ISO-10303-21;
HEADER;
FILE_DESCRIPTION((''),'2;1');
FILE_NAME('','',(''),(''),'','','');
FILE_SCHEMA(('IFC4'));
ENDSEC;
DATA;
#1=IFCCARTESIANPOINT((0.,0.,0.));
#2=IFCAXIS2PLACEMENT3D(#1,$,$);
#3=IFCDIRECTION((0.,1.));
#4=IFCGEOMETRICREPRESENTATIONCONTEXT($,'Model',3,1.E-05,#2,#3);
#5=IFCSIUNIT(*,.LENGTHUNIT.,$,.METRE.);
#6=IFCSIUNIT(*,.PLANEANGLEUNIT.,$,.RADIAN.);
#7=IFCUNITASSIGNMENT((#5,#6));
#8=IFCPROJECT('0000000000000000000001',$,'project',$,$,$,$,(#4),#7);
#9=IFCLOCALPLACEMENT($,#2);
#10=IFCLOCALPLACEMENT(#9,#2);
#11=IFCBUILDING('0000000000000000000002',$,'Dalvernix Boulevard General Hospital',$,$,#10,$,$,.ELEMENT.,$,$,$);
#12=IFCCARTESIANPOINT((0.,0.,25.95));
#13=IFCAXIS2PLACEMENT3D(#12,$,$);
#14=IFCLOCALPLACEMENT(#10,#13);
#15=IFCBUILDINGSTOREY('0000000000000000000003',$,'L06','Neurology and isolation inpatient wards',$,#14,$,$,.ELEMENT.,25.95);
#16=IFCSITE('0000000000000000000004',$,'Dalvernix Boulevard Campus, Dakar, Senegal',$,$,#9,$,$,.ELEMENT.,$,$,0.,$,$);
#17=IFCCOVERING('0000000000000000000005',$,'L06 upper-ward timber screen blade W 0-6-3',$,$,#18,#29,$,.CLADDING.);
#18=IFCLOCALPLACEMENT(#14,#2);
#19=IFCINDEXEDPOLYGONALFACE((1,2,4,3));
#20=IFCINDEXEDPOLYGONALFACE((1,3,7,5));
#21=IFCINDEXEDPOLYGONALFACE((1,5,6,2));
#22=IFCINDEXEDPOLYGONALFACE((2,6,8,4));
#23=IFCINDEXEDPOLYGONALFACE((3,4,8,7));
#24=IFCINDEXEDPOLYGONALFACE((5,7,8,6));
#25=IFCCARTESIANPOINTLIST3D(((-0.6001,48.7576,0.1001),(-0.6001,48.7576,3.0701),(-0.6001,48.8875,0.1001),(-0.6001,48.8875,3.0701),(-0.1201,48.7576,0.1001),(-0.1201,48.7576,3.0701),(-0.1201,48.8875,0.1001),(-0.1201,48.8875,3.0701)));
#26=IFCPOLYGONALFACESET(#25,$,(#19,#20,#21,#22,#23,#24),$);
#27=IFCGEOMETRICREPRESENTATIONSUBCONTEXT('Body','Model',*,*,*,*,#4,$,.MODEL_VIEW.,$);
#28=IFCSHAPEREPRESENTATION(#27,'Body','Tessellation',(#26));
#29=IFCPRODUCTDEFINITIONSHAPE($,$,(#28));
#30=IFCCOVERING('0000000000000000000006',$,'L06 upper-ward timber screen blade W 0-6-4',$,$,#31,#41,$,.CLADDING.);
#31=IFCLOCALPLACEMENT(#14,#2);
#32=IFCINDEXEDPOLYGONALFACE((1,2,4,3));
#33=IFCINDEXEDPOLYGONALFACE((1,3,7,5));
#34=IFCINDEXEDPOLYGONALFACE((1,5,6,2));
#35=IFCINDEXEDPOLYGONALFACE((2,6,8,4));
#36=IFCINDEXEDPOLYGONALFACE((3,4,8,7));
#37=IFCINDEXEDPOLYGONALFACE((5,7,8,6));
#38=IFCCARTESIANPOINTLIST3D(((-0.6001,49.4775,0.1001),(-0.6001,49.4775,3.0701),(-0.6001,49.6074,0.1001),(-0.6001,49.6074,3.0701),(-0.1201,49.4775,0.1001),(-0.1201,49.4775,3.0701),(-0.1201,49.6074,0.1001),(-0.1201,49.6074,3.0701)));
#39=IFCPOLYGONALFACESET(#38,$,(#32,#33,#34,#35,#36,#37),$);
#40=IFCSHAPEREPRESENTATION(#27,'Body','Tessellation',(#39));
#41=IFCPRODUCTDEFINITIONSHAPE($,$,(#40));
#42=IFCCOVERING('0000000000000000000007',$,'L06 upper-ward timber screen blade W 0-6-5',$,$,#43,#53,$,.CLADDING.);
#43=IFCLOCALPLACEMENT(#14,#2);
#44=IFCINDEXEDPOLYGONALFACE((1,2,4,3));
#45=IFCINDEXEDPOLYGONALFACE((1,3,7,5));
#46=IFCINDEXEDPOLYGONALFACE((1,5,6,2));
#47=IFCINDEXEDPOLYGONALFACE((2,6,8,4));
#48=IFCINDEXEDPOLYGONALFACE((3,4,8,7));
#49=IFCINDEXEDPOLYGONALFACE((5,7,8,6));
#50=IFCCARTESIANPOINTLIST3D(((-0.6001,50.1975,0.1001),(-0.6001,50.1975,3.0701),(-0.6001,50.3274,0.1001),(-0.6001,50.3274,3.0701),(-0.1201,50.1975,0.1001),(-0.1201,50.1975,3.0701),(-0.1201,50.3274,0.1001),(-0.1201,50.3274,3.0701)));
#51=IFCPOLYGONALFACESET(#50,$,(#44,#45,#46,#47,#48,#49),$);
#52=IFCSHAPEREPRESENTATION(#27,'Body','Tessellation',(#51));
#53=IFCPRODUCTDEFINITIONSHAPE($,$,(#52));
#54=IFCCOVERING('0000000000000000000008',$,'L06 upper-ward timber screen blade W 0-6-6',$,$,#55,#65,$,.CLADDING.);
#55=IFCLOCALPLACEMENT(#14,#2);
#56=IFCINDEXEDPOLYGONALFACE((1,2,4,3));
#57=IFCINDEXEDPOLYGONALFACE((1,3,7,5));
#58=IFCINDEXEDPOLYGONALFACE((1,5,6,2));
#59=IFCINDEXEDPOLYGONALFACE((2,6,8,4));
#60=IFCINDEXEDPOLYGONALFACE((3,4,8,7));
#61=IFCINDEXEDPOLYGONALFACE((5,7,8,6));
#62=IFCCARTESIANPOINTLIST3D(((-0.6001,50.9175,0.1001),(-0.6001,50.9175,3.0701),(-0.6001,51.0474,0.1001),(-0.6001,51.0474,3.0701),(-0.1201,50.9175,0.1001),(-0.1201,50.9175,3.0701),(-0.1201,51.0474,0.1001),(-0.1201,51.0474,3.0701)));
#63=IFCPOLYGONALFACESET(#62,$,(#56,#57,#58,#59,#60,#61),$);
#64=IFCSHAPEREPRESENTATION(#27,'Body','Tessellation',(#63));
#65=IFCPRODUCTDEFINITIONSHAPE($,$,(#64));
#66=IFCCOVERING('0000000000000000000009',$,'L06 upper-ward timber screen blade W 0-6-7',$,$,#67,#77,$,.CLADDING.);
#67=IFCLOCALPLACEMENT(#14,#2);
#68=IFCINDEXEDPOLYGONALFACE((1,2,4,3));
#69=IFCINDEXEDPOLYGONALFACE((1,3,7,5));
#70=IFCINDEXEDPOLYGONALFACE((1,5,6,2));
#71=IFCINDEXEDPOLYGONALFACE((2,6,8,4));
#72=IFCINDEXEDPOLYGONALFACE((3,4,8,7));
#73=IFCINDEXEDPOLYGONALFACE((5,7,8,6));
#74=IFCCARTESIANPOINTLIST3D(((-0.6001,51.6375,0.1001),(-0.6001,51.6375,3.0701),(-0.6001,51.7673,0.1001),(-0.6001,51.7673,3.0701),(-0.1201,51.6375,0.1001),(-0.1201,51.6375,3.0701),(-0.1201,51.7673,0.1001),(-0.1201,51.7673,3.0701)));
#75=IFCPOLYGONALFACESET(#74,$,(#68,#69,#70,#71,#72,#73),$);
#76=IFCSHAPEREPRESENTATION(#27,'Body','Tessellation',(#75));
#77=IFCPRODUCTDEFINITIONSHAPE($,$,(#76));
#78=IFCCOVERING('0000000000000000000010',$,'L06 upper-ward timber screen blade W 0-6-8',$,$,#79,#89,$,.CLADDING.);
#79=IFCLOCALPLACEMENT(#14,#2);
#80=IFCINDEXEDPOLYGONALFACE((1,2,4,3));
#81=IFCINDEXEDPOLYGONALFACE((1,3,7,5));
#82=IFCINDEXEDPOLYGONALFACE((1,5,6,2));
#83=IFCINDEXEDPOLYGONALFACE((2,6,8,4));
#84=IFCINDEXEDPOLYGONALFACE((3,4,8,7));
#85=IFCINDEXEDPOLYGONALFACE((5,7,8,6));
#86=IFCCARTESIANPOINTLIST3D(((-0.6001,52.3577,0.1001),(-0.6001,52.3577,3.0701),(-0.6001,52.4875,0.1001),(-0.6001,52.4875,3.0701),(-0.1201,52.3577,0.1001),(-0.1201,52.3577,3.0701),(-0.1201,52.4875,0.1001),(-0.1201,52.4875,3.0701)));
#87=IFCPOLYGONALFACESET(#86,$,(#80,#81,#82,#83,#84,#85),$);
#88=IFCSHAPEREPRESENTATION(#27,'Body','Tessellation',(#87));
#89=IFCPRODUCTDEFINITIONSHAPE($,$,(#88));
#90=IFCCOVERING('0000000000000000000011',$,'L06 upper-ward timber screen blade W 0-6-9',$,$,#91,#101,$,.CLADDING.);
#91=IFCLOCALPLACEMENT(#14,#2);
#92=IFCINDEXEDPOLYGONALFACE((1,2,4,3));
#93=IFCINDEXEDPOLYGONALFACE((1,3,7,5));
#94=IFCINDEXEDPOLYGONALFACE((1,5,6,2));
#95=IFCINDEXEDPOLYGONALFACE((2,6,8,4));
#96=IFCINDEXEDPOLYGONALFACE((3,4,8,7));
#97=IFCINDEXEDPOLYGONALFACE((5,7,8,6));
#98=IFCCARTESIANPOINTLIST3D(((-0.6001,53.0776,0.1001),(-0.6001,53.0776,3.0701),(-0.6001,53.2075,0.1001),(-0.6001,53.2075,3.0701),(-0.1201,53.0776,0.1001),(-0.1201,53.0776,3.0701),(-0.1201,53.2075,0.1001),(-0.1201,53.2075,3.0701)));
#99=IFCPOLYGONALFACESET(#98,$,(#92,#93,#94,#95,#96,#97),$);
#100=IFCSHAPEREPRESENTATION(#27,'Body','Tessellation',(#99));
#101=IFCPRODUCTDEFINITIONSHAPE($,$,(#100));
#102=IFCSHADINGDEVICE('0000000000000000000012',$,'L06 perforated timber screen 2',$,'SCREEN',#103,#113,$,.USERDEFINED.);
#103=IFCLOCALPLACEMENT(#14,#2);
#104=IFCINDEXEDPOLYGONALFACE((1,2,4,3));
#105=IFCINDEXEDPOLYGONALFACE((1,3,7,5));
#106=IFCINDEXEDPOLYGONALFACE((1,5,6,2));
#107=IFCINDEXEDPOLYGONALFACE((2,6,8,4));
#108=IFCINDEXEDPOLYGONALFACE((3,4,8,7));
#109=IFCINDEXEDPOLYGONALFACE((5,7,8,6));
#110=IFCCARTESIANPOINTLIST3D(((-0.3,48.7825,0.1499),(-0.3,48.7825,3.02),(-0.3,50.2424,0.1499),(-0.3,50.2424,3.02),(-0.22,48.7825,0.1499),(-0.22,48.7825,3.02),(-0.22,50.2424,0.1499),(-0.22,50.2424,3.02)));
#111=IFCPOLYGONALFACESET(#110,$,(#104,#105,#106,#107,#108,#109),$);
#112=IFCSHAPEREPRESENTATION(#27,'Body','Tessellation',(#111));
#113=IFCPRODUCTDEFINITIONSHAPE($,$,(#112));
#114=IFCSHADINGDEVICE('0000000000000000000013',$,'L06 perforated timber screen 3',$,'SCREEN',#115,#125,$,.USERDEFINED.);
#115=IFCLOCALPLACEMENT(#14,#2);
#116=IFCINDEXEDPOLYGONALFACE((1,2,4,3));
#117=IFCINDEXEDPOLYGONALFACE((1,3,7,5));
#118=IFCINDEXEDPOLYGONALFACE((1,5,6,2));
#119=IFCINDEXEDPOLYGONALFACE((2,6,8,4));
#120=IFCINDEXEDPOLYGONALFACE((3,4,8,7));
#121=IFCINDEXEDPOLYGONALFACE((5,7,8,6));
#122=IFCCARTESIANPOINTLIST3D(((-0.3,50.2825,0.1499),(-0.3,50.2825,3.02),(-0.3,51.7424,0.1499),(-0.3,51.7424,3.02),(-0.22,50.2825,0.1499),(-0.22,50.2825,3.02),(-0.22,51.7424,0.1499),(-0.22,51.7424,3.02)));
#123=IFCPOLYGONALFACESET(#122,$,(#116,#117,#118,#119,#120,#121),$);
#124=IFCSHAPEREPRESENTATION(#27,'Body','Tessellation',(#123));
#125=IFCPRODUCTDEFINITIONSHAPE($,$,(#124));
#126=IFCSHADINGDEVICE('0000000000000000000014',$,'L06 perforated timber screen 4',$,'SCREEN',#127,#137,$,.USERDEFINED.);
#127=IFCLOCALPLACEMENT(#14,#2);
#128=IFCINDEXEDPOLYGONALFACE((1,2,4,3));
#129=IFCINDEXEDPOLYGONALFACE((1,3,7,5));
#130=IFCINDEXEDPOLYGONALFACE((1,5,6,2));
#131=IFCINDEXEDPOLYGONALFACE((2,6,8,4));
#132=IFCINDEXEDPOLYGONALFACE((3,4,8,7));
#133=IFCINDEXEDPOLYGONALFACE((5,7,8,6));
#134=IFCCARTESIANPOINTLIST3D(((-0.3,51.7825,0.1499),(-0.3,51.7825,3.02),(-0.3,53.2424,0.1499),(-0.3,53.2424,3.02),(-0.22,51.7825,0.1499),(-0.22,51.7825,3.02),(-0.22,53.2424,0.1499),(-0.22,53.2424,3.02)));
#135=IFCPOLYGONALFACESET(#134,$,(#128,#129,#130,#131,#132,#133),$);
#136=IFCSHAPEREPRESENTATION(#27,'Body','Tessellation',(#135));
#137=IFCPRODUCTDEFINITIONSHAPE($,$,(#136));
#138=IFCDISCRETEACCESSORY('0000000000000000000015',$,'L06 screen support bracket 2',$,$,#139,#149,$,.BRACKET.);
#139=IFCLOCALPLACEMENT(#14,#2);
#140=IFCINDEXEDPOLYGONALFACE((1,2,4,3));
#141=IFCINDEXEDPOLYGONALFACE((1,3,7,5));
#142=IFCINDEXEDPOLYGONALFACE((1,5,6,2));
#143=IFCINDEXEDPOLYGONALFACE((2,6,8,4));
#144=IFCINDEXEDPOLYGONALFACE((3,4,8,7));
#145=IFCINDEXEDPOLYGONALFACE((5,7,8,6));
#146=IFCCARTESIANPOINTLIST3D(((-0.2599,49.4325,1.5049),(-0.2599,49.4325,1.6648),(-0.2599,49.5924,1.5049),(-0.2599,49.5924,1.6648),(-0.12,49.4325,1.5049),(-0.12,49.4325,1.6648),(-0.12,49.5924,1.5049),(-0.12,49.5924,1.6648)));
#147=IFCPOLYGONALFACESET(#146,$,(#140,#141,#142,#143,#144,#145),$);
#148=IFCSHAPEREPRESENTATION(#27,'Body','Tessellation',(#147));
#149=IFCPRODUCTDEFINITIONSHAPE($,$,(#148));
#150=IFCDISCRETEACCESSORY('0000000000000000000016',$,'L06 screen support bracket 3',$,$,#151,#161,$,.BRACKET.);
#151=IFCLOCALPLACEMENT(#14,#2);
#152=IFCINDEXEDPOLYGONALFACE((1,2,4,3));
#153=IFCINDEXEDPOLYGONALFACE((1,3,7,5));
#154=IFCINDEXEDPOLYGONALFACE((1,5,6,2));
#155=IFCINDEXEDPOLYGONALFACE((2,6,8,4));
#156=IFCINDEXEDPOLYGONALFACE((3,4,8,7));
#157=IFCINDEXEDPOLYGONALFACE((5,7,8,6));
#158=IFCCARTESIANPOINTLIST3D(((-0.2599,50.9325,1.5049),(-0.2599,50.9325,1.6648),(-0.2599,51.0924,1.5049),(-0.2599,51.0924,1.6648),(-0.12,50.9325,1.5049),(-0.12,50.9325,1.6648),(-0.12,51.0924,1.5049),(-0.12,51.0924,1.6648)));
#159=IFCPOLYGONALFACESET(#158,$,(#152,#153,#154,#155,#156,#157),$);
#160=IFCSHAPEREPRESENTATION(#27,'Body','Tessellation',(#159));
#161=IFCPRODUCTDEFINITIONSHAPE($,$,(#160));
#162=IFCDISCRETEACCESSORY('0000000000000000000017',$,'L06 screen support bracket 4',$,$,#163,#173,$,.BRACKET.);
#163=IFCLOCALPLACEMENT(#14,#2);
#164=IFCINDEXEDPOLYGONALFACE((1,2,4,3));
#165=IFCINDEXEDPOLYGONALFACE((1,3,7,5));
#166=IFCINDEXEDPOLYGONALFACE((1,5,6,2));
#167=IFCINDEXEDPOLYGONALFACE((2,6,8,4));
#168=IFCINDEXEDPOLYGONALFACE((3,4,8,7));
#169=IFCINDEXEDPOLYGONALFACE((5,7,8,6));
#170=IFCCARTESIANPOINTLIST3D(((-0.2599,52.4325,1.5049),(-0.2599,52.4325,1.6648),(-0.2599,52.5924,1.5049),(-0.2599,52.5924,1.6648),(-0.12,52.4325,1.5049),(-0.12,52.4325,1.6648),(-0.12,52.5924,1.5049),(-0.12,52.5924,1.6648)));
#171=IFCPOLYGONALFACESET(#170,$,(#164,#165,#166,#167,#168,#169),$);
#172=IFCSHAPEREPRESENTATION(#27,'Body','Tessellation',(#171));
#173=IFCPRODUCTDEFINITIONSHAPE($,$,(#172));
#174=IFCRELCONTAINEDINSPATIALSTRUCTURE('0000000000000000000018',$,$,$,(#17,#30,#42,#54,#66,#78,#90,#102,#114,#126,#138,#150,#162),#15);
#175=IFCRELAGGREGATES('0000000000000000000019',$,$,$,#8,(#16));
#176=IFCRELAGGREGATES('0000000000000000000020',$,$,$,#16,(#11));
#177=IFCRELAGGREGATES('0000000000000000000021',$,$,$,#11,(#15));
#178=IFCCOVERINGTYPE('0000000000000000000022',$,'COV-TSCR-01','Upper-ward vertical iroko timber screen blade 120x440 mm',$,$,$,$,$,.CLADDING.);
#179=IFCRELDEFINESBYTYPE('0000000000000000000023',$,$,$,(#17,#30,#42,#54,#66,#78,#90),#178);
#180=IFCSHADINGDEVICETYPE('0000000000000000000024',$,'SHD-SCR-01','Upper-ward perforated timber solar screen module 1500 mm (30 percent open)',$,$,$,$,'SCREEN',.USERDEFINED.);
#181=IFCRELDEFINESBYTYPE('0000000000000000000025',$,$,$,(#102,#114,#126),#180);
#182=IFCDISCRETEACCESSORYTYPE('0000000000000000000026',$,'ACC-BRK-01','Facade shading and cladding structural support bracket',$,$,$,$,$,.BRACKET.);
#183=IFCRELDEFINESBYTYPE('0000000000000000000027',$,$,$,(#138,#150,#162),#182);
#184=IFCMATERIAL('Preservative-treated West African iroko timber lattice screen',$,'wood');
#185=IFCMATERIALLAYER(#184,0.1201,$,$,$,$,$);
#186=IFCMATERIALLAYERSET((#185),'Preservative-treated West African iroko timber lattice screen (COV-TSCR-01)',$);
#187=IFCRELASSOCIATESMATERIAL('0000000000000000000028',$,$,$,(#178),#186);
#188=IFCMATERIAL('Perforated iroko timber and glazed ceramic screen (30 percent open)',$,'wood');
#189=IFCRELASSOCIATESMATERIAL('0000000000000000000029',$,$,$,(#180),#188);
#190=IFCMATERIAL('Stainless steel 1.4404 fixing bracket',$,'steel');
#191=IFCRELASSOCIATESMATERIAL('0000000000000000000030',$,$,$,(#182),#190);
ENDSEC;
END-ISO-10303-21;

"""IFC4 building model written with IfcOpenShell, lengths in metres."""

from ifc_helpers import new_model, si_unit, direction, frame, origin, origin_2d, place, context, subcontext, project, spatial, rectangle, extrude, material, layer, layer_set, type_object, element, save


model = new_model("IFC4")

# Units and contexts
model_context = context("Model", 3, precision=1e-05, world=origin(), true_north=direction((0.0, 1.0)))
body_context = subcontext(model_context, "Body", "Model", "MODEL_VIEW")
ifc_project = project(units=[si_unit("LENGTHUNIT", "METRE"), si_unit("PLANEANGLEUNIT", "RADIAN")], contexts=[model_context])

# Site, building, storey
site_placement = place(None, origin())
site = spatial("IfcSite", under=ifc_project, at=site_placement, Name="Dalvernix Boulevard Campus, Dakar, Senegal", CompositionType="ELEMENT", RefElevation=0.0)
building_placement = place(site_placement, origin())
building = spatial("IfcBuilding", under=site, at=building_placement, Name="Dalvernix Boulevard General Hospital", CompositionType="ELEMENT")
storey_placement = place(building_placement, frame((0.0, 0.0, 25.95)))
storey = spatial("IfcBuildingStorey", under=building, at=storey_placement, Name="L06", Description="Neurology and isolation inpatient wards", CompositionType="ELEMENT", Elevation=25.95)

# Coverings
ifc_material_1 = material(Name="Preservative-treated West African iroko timber lattice screen", Category="wood")
ifc_layer_1 = layer(ifc_material_1, 0.1201)
ifc_layer_set_1 = layer_set([ifc_layer_1], Name="Preservative-treated West African iroko timber lattice screen (COV-TSCR-01)")
covering_type_1 = type_object("IfcCoveringType", Name="COV-TSCR-01", Description="Upper-ward vertical iroko timber screen blade 120x440 mm", PredefinedType="CLADDING", material=ifc_layer_set_1)
for number, where, z_axis, x_axis, name in (
    (1, (-0.3601, 48.8225, 0.1001), (0.0, 0.0, 1.0), (0.0, 1.0, 0.0), "L06 upper-ward timber screen blade W 0-6-3"),
    (2, (-0.3601, 49.5425, 0.1001), (0.0, 0.0, 1.0), (0.0, 1.0, 0.0), "L06 upper-ward timber screen blade W 0-6-4"),
    (3, (-0.3601, 50.2625, 0.1001), (0.0, 0.0, 1.0), (0.0, 1.0, 0.0), "L06 upper-ward timber screen blade W 0-6-5"),
    (4, (-0.3601, 50.9824, 0.1001), (0.0, 0.0, 1.0), (0.0, 1.0, 0.0), "L06 upper-ward timber screen blade W 0-6-6"),
    (5, (-0.3601, 51.7024, 0.1001), (0.0, 0.0, 1.0), (0.0, 1.0, 0.0), "L06 upper-ward timber screen blade W 0-6-7"),
    (6, (-0.3601, 52.4226, 0.1001), (0.0, 0.0, 1.0), (0.0, 1.0, 0.0), "L06 upper-ward timber screen blade W 0-6-8"),
    (7, (-0.3601, 53.1426, 0.1001), (0.0, 0.0, 1.0), (0.0, 1.0, 0.0), "L06 upper-ward timber screen blade W 0-6-9"),
):
    element("IfcCovering", number, at=place(storey_placement, frame(where, z_axis=z_axis, x_axis=x_axis)), inside=storey, type_object=covering_type_1, Name=name, PredefinedType="CLADDING", context=body_context, shape_type="SweptSolid", body=[
        extrude(rectangle(XDim=0.1299, YDim=0.48, at=origin_2d()), origin(), (0.0, 0.0, 1.0), 2.97),
    ])

# Shading devices
ifc_material_2 = material(Name="Perforated iroko timber and glazed ceramic screen (30 percent open)", Category="wood")
shading_device_type = type_object("IfcShadingDeviceType", Name="SHD-SCR-01", Description="Upper-ward perforated timber solar screen module 1500 mm (30 percent open)", ElementType="SCREEN", PredefinedType="USERDEFINED", material=ifc_material_2)
for number, where, z_axis, x_axis, name in (
    (8, (-0.26, 49.5125, 0.1499), (0.0, 0.0, 1.0), (0.0, 1.0, 0.0), "L06 perforated timber screen 2"),
    (9, (-0.26, 51.0125, 0.1499), (0.0, 0.0, 1.0), (0.0, 1.0, 0.0), "L06 perforated timber screen 3"),
    (10, (-0.26, 52.5125, 0.1499), (0.0, 0.0, 1.0), (0.0, 1.0, 0.0), "L06 perforated timber screen 4"),
):
    element("IfcShadingDevice", number, at=place(storey_placement, frame(where, z_axis=z_axis, x_axis=x_axis)), inside=storey, type_object=shading_device_type, Name=name, ObjectType="SCREEN", PredefinedType="USERDEFINED", context=body_context, shape_type="SweptSolid", body=[
        extrude(rectangle(XDim=1.46, YDim=0.0801, at=origin_2d()), origin(), (0.0, 0.0, 1.0), 2.8701),
    ])

# Discrete accessories
ifc_material_3 = material(Name="Stainless steel 1.4404 fixing bracket", Category="steel")
discrete_accessory_type = type_object("IfcDiscreteAccessoryType", Name="ACC-BRK-01", Description="Facade shading and cladding structural support bracket", PredefinedType="BRACKET", material=ifc_material_3)
for number, where, z_axis, x_axis, name in (
    (11, (-0.1899, 49.5125, 1.5049), (0.0, 0.0, 1.0), (0.0, 1.0, 0.0), "L06 screen support bracket 2"),
    (12, (-0.1899, 51.0125, 1.5049), (0.0, 0.0, 1.0), (0.0, 1.0, 0.0), "L06 screen support bracket 3"),
    (13, (-0.1899, 52.5125, 1.5049), (0.0, 0.0, 1.0), (0.0, 1.0, 0.0), "L06 screen support bracket 4"),
):
    element("IfcDiscreteAccessory", number, at=place(storey_placement, frame(where, z_axis=z_axis, x_axis=x_axis)), inside=storey, type_object=discrete_accessory_type, Name=name, PredefinedType="BRACKET", context=body_context, shape_type="SweptSolid", body=[
        extrude(rectangle(XDim=0.1599, YDim=0.1399, at=origin_2d()), origin(), (0.0, 0.0, 1.0), 0.1599),
    ])

save(model, "model.ifc")
